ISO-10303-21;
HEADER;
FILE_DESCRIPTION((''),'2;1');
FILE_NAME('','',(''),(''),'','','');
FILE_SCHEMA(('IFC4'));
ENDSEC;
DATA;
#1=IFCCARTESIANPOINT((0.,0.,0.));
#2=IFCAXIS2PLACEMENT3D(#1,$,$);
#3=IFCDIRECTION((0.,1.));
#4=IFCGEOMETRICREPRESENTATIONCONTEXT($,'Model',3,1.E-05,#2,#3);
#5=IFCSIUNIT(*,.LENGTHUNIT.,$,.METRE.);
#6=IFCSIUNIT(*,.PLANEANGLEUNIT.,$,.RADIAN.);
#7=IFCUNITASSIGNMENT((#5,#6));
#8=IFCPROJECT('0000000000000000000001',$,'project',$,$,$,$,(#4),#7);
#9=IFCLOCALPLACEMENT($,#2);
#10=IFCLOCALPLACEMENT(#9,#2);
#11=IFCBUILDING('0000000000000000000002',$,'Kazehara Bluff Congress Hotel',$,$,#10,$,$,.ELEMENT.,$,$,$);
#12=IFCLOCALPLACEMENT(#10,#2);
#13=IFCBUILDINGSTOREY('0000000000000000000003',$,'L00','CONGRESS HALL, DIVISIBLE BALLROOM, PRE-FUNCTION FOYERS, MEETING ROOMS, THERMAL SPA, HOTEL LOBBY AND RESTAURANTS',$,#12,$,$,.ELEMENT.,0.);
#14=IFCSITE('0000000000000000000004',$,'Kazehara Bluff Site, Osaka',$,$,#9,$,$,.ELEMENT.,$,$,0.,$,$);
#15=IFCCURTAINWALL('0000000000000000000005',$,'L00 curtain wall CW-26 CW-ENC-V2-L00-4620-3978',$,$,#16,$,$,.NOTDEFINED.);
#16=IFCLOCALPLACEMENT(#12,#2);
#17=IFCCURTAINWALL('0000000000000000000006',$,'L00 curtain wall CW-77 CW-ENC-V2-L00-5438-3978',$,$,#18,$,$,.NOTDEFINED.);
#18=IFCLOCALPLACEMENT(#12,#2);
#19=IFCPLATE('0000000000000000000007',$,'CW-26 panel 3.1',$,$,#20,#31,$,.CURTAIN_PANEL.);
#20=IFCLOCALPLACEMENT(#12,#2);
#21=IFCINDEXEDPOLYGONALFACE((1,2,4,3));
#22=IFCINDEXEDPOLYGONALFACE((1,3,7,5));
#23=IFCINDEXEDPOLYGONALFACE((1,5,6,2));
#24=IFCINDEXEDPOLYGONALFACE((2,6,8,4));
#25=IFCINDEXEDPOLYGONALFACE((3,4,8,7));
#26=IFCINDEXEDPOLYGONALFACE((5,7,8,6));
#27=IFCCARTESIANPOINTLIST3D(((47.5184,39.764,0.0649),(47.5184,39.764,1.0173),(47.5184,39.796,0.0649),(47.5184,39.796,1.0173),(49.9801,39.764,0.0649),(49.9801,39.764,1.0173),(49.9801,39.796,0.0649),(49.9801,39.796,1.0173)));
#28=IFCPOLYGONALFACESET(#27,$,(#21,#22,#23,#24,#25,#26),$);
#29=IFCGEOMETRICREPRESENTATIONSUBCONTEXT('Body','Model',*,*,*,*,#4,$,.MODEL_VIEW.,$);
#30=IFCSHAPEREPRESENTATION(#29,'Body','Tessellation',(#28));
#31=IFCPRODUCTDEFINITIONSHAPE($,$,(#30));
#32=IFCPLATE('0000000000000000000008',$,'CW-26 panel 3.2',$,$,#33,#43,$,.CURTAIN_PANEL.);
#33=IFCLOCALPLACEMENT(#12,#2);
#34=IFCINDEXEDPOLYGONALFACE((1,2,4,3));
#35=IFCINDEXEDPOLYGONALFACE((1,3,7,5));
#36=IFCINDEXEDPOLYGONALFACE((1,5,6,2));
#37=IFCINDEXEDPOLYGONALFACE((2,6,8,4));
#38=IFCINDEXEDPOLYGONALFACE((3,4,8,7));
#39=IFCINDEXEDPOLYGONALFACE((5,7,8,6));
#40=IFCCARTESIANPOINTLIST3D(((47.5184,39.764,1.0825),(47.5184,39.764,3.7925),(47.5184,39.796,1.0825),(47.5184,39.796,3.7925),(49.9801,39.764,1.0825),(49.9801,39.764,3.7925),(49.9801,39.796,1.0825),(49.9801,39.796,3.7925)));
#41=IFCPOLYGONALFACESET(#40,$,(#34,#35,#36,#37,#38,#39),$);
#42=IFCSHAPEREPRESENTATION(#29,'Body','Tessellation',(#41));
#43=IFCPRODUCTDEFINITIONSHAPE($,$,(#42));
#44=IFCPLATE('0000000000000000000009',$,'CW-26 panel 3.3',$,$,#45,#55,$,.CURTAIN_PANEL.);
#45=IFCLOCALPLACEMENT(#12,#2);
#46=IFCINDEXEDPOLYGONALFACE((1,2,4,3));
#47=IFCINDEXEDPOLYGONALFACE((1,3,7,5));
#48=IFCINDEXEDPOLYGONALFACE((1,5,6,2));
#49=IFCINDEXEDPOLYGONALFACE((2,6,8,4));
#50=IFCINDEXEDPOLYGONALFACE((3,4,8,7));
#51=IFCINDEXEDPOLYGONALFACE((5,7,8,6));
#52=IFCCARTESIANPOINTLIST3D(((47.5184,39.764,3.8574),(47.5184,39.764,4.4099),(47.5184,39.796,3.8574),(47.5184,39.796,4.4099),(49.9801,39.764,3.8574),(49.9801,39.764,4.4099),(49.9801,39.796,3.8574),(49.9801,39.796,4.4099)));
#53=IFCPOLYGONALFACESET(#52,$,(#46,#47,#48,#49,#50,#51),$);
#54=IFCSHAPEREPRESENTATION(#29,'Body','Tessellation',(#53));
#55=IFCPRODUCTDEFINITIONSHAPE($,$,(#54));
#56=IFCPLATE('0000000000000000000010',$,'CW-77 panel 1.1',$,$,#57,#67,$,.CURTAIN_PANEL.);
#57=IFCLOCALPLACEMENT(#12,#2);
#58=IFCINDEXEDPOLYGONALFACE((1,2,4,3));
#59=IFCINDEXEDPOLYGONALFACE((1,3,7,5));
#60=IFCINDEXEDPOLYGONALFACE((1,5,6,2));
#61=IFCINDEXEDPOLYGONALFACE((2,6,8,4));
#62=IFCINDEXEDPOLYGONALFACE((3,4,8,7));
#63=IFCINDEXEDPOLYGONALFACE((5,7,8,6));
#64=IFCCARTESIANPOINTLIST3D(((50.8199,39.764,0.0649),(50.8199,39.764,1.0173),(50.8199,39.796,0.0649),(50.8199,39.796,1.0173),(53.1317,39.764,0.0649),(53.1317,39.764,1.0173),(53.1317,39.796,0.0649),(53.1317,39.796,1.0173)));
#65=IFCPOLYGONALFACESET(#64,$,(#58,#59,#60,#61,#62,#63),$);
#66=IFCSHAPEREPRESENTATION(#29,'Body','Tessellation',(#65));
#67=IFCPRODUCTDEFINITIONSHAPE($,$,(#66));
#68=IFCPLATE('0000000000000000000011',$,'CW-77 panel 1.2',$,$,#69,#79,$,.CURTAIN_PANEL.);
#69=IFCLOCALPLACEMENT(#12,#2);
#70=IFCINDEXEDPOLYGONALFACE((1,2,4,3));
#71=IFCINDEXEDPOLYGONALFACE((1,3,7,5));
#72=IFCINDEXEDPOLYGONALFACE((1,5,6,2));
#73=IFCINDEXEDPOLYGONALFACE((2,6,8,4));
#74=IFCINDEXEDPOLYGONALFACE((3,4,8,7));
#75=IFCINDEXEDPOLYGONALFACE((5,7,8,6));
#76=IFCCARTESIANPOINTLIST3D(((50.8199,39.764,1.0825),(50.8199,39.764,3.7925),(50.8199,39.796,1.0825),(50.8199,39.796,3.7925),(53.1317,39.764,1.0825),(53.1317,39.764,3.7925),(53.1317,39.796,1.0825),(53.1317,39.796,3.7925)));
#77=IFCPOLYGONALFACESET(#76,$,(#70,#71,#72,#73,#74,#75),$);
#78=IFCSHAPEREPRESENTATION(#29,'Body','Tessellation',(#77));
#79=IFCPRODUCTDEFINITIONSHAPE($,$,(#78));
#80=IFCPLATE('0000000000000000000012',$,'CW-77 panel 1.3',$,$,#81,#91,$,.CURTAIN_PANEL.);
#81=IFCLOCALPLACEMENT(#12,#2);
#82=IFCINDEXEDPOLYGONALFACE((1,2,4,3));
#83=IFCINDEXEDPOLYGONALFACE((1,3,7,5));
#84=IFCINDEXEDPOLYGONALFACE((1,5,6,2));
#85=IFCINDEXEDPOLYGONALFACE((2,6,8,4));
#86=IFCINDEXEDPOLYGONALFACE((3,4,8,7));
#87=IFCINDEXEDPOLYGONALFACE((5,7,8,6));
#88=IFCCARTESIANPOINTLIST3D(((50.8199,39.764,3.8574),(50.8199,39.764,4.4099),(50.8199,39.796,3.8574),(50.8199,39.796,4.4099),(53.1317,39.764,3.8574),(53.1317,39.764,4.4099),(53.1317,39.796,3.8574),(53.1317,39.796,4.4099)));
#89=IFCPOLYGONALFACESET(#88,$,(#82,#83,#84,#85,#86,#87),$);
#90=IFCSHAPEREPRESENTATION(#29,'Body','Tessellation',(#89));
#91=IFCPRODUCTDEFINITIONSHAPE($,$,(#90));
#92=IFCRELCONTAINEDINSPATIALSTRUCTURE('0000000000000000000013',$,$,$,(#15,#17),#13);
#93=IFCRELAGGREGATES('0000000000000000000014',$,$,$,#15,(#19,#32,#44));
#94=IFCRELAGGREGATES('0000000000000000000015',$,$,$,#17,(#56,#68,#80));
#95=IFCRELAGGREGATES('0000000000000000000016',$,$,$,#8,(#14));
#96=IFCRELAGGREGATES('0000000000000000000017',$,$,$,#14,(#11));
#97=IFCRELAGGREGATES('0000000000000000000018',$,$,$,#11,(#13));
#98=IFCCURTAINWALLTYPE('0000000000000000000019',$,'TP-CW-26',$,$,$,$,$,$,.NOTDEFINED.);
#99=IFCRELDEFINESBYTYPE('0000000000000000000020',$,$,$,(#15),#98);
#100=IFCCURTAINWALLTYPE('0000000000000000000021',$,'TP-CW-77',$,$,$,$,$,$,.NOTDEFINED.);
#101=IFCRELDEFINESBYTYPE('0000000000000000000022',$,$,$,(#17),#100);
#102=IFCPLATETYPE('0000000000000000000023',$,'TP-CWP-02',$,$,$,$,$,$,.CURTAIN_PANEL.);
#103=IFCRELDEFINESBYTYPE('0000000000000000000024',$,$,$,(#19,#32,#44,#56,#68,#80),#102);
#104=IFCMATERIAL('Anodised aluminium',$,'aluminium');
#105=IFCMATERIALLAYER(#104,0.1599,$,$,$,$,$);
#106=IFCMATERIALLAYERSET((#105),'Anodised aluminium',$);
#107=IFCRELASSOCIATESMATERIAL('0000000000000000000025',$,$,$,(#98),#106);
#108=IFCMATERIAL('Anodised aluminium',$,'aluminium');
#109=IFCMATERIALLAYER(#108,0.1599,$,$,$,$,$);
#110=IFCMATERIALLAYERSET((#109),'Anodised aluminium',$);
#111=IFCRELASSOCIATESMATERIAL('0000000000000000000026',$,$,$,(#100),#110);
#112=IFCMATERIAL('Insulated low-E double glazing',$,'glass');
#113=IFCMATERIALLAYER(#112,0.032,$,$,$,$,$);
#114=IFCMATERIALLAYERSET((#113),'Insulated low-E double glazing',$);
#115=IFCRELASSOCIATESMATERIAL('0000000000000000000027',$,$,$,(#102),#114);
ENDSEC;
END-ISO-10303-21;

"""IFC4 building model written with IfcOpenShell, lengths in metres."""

from ifc_helpers import new_model, si_unit, direction, frame, origin, origin_2d, place, context, subcontext, project, spatial, rectangle, extrude, material, layer, layer_set, type_object, element, aggregate, save


model = new_model("IFC4")

# Units and contexts
model_context = context("Model", 3, precision=1e-05, world=origin(), true_north=direction((0.0, 1.0)))
body_context = subcontext(model_context, "Body", "Model", "MODEL_VIEW")
ifc_project = project(units=[si_unit("LENGTHUNIT", "METRE"), si_unit("PLANEANGLEUNIT", "RADIAN")], contexts=[model_context])

# Site, building, storey
site_placement = place(None, origin())
site = spatial("IfcSite", under=ifc_project, at=site_placement, Name="Kazehara Bluff Site, Osaka", CompositionType="ELEMENT", RefElevation=0.0)
building_placement = place(site_placement, origin())
building = spatial("IfcBuilding", under=site, at=building_placement, Name="Kazehara Bluff Congress Hotel", CompositionType="ELEMENT")
storey_placement = place(building_placement, origin())
storey = spatial("IfcBuildingStorey", under=building, at=storey_placement, Name="L00", Description="CONGRESS HALL, DIVISIBLE BALLROOM, PRE-FUNCTION FOYERS, MEETING ROOMS, THERMAL SPA, HOTEL LOBBY AND RESTAURANTS", CompositionType="ELEMENT", Elevation=0.0)

# Curtain walls
ifc_material_1 = material(Name="Anodised aluminium", Category="aluminium")
ifc_layer_1 = layer(ifc_material_1, 0.1599)
ifc_layer_set_1 = layer_set([ifc_layer_1], Name="Anodised aluminium")
curtain_wall_type_1 = type_object("IfcCurtainWallType", Name="TP-CW-26", PredefinedType="NOTDEFINED", material=ifc_layer_set_1)
curtain_wall_1_placement = place(storey_placement, origin())
curtain_wall_1 = element("IfcCurtainWall", 1, at=curtain_wall_1_placement, inside=storey, type_object=curtain_wall_type_1, Name="L00 curtain wall CW-26 CW-ENC-V2-L00-4620-3978", PredefinedType="NOTDEFINED")
ifc_material_2 = material(Name="Anodised aluminium", Category="aluminium")
ifc_layer_2 = layer(ifc_material_2, 0.1599)
ifc_layer_set_2 = layer_set([ifc_layer_2], Name="Anodised aluminium")
curtain_wall_type_2 = type_object("IfcCurtainWallType", Name="TP-CW-77", PredefinedType="NOTDEFINED", material=ifc_layer_set_2)
curtain_wall_2_placement = place(storey_placement, origin())
curtain_wall_2 = element("IfcCurtainWall", 2, at=curtain_wall_2_placement, inside=storey, type_object=curtain_wall_type_2, Name="L00 curtain wall CW-77 CW-ENC-V2-L00-5438-3978", PredefinedType="NOTDEFINED")

# Plates
ifc_material_3 = material(Name="Insulated low-E double glazing", Category="glass")
ifc_layer_3 = layer(ifc_material_3, 0.032)
ifc_layer_set_3 = layer_set([ifc_layer_3], Name="Insulated low-E double glazing")
plate_type = type_object("IfcPlateType", Name="TP-CWP-02", PredefinedType="CURTAIN_PANEL", material=ifc_layer_set_3)
plate_1_placement = place(storey_placement, frame((48.7493, 39.78, 0.0649), z_axis=(0.0, 0.0, 1.0), x_axis=(1.0, 0.0, 0.0)))
plate_1 = element("IfcPlate", 3, at=plate_1_placement, type_object=plate_type, Name="CW-26 panel 3.1", PredefinedType="CURTAIN_PANEL", context=body_context, shape_type="SweptSolid", body=[
    extrude(rectangle(XDim=2.4617, YDim=0.032, at=origin_2d()), origin(), (0.0, 0.0, 1.0), 0.9524),
])
plate_2_placement = place(storey_placement, frame((48.7493, 39.78, 1.0825), z_axis=(0.0, 0.0, 1.0), x_axis=(1.0, 0.0, 0.0)))
plate_2 = element("IfcPlate", 4, at=plate_2_placement, type_object=plate_type, Name="CW-26 panel 3.2", PredefinedType="CURTAIN_PANEL", context=body_context, shape_type="SweptSolid", body=[
    extrude(rectangle(XDim=2.4617, YDim=0.032, at=origin_2d()), origin(), (0.0, 0.0, 1.0), 2.71),
])
plate_3_placement = place(storey_placement, frame((48.7493, 39.78, 3.8574), z_axis=(0.0, 0.0, 1.0), x_axis=(1.0, 0.0, 0.0)))
plate_3 = element("IfcPlate", 5, at=plate_3_placement, type_object=plate_type, Name="CW-26 panel 3.3", PredefinedType="CURTAIN_PANEL", context=body_context, shape_type="SweptSolid", body=[
    extrude(rectangle(XDim=2.4617, YDim=0.032, at=origin_2d()), origin(), (0.0, 0.0, 1.0), 0.5525),
])
aggregate(curtain_wall_1, [plate_1, plate_2, plate_3])
plate_4_placement = place(storey_placement, frame((51.9758, 39.78, 0.0649), z_axis=(0.0, 0.0, 1.0), x_axis=(1.0, 0.0, 0.0)))
plate_4 = element("IfcPlate", 6, at=plate_4_placement, type_object=plate_type, Name="CW-77 panel 1.1", PredefinedType="CURTAIN_PANEL", context=body_context, shape_type="SweptSolid", body=[
    extrude(rectangle(XDim=2.3118, YDim=0.032, at=origin_2d()), origin(), (0.0, 0.0, 1.0), 0.9524),
])
plate_5_placement = place(storey_placement, frame((51.9758, 39.78, 1.0825), z_axis=(0.0, 0.0, 1.0), x_axis=(1.0, 0.0, 0.0)))
plate_5 = element("IfcPlate", 7, at=plate_5_placement, type_object=plate_type, Name="CW-77 panel 1.2", PredefinedType="CURTAIN_PANEL", context=body_context, shape_type="SweptSolid", body=[
    extrude(rectangle(XDim=2.3118, YDim=0.032, at=origin_2d()), origin(), (0.0, 0.0, 1.0), 2.71),
])
plate_6_placement = place(storey_placement, frame((51.9758, 39.78, 3.8574), z_axis=(0.0, 0.0, 1.0), x_axis=(1.0, 0.0, 0.0)))
plate_6 = element("IfcPlate", 8, at=plate_6_placement, type_object=plate_type, Name="CW-77 panel 1.3", PredefinedType="CURTAIN_PANEL", context=body_context, shape_type="SweptSolid", body=[
    extrude(rectangle(XDim=2.3118, YDim=0.032, at=origin_2d()), origin(), (0.0, 0.0, 1.0), 0.5525),
])
aggregate(curtain_wall_2, [plate_4, plate_5, plate_6])

save(model, "model.ifc")
